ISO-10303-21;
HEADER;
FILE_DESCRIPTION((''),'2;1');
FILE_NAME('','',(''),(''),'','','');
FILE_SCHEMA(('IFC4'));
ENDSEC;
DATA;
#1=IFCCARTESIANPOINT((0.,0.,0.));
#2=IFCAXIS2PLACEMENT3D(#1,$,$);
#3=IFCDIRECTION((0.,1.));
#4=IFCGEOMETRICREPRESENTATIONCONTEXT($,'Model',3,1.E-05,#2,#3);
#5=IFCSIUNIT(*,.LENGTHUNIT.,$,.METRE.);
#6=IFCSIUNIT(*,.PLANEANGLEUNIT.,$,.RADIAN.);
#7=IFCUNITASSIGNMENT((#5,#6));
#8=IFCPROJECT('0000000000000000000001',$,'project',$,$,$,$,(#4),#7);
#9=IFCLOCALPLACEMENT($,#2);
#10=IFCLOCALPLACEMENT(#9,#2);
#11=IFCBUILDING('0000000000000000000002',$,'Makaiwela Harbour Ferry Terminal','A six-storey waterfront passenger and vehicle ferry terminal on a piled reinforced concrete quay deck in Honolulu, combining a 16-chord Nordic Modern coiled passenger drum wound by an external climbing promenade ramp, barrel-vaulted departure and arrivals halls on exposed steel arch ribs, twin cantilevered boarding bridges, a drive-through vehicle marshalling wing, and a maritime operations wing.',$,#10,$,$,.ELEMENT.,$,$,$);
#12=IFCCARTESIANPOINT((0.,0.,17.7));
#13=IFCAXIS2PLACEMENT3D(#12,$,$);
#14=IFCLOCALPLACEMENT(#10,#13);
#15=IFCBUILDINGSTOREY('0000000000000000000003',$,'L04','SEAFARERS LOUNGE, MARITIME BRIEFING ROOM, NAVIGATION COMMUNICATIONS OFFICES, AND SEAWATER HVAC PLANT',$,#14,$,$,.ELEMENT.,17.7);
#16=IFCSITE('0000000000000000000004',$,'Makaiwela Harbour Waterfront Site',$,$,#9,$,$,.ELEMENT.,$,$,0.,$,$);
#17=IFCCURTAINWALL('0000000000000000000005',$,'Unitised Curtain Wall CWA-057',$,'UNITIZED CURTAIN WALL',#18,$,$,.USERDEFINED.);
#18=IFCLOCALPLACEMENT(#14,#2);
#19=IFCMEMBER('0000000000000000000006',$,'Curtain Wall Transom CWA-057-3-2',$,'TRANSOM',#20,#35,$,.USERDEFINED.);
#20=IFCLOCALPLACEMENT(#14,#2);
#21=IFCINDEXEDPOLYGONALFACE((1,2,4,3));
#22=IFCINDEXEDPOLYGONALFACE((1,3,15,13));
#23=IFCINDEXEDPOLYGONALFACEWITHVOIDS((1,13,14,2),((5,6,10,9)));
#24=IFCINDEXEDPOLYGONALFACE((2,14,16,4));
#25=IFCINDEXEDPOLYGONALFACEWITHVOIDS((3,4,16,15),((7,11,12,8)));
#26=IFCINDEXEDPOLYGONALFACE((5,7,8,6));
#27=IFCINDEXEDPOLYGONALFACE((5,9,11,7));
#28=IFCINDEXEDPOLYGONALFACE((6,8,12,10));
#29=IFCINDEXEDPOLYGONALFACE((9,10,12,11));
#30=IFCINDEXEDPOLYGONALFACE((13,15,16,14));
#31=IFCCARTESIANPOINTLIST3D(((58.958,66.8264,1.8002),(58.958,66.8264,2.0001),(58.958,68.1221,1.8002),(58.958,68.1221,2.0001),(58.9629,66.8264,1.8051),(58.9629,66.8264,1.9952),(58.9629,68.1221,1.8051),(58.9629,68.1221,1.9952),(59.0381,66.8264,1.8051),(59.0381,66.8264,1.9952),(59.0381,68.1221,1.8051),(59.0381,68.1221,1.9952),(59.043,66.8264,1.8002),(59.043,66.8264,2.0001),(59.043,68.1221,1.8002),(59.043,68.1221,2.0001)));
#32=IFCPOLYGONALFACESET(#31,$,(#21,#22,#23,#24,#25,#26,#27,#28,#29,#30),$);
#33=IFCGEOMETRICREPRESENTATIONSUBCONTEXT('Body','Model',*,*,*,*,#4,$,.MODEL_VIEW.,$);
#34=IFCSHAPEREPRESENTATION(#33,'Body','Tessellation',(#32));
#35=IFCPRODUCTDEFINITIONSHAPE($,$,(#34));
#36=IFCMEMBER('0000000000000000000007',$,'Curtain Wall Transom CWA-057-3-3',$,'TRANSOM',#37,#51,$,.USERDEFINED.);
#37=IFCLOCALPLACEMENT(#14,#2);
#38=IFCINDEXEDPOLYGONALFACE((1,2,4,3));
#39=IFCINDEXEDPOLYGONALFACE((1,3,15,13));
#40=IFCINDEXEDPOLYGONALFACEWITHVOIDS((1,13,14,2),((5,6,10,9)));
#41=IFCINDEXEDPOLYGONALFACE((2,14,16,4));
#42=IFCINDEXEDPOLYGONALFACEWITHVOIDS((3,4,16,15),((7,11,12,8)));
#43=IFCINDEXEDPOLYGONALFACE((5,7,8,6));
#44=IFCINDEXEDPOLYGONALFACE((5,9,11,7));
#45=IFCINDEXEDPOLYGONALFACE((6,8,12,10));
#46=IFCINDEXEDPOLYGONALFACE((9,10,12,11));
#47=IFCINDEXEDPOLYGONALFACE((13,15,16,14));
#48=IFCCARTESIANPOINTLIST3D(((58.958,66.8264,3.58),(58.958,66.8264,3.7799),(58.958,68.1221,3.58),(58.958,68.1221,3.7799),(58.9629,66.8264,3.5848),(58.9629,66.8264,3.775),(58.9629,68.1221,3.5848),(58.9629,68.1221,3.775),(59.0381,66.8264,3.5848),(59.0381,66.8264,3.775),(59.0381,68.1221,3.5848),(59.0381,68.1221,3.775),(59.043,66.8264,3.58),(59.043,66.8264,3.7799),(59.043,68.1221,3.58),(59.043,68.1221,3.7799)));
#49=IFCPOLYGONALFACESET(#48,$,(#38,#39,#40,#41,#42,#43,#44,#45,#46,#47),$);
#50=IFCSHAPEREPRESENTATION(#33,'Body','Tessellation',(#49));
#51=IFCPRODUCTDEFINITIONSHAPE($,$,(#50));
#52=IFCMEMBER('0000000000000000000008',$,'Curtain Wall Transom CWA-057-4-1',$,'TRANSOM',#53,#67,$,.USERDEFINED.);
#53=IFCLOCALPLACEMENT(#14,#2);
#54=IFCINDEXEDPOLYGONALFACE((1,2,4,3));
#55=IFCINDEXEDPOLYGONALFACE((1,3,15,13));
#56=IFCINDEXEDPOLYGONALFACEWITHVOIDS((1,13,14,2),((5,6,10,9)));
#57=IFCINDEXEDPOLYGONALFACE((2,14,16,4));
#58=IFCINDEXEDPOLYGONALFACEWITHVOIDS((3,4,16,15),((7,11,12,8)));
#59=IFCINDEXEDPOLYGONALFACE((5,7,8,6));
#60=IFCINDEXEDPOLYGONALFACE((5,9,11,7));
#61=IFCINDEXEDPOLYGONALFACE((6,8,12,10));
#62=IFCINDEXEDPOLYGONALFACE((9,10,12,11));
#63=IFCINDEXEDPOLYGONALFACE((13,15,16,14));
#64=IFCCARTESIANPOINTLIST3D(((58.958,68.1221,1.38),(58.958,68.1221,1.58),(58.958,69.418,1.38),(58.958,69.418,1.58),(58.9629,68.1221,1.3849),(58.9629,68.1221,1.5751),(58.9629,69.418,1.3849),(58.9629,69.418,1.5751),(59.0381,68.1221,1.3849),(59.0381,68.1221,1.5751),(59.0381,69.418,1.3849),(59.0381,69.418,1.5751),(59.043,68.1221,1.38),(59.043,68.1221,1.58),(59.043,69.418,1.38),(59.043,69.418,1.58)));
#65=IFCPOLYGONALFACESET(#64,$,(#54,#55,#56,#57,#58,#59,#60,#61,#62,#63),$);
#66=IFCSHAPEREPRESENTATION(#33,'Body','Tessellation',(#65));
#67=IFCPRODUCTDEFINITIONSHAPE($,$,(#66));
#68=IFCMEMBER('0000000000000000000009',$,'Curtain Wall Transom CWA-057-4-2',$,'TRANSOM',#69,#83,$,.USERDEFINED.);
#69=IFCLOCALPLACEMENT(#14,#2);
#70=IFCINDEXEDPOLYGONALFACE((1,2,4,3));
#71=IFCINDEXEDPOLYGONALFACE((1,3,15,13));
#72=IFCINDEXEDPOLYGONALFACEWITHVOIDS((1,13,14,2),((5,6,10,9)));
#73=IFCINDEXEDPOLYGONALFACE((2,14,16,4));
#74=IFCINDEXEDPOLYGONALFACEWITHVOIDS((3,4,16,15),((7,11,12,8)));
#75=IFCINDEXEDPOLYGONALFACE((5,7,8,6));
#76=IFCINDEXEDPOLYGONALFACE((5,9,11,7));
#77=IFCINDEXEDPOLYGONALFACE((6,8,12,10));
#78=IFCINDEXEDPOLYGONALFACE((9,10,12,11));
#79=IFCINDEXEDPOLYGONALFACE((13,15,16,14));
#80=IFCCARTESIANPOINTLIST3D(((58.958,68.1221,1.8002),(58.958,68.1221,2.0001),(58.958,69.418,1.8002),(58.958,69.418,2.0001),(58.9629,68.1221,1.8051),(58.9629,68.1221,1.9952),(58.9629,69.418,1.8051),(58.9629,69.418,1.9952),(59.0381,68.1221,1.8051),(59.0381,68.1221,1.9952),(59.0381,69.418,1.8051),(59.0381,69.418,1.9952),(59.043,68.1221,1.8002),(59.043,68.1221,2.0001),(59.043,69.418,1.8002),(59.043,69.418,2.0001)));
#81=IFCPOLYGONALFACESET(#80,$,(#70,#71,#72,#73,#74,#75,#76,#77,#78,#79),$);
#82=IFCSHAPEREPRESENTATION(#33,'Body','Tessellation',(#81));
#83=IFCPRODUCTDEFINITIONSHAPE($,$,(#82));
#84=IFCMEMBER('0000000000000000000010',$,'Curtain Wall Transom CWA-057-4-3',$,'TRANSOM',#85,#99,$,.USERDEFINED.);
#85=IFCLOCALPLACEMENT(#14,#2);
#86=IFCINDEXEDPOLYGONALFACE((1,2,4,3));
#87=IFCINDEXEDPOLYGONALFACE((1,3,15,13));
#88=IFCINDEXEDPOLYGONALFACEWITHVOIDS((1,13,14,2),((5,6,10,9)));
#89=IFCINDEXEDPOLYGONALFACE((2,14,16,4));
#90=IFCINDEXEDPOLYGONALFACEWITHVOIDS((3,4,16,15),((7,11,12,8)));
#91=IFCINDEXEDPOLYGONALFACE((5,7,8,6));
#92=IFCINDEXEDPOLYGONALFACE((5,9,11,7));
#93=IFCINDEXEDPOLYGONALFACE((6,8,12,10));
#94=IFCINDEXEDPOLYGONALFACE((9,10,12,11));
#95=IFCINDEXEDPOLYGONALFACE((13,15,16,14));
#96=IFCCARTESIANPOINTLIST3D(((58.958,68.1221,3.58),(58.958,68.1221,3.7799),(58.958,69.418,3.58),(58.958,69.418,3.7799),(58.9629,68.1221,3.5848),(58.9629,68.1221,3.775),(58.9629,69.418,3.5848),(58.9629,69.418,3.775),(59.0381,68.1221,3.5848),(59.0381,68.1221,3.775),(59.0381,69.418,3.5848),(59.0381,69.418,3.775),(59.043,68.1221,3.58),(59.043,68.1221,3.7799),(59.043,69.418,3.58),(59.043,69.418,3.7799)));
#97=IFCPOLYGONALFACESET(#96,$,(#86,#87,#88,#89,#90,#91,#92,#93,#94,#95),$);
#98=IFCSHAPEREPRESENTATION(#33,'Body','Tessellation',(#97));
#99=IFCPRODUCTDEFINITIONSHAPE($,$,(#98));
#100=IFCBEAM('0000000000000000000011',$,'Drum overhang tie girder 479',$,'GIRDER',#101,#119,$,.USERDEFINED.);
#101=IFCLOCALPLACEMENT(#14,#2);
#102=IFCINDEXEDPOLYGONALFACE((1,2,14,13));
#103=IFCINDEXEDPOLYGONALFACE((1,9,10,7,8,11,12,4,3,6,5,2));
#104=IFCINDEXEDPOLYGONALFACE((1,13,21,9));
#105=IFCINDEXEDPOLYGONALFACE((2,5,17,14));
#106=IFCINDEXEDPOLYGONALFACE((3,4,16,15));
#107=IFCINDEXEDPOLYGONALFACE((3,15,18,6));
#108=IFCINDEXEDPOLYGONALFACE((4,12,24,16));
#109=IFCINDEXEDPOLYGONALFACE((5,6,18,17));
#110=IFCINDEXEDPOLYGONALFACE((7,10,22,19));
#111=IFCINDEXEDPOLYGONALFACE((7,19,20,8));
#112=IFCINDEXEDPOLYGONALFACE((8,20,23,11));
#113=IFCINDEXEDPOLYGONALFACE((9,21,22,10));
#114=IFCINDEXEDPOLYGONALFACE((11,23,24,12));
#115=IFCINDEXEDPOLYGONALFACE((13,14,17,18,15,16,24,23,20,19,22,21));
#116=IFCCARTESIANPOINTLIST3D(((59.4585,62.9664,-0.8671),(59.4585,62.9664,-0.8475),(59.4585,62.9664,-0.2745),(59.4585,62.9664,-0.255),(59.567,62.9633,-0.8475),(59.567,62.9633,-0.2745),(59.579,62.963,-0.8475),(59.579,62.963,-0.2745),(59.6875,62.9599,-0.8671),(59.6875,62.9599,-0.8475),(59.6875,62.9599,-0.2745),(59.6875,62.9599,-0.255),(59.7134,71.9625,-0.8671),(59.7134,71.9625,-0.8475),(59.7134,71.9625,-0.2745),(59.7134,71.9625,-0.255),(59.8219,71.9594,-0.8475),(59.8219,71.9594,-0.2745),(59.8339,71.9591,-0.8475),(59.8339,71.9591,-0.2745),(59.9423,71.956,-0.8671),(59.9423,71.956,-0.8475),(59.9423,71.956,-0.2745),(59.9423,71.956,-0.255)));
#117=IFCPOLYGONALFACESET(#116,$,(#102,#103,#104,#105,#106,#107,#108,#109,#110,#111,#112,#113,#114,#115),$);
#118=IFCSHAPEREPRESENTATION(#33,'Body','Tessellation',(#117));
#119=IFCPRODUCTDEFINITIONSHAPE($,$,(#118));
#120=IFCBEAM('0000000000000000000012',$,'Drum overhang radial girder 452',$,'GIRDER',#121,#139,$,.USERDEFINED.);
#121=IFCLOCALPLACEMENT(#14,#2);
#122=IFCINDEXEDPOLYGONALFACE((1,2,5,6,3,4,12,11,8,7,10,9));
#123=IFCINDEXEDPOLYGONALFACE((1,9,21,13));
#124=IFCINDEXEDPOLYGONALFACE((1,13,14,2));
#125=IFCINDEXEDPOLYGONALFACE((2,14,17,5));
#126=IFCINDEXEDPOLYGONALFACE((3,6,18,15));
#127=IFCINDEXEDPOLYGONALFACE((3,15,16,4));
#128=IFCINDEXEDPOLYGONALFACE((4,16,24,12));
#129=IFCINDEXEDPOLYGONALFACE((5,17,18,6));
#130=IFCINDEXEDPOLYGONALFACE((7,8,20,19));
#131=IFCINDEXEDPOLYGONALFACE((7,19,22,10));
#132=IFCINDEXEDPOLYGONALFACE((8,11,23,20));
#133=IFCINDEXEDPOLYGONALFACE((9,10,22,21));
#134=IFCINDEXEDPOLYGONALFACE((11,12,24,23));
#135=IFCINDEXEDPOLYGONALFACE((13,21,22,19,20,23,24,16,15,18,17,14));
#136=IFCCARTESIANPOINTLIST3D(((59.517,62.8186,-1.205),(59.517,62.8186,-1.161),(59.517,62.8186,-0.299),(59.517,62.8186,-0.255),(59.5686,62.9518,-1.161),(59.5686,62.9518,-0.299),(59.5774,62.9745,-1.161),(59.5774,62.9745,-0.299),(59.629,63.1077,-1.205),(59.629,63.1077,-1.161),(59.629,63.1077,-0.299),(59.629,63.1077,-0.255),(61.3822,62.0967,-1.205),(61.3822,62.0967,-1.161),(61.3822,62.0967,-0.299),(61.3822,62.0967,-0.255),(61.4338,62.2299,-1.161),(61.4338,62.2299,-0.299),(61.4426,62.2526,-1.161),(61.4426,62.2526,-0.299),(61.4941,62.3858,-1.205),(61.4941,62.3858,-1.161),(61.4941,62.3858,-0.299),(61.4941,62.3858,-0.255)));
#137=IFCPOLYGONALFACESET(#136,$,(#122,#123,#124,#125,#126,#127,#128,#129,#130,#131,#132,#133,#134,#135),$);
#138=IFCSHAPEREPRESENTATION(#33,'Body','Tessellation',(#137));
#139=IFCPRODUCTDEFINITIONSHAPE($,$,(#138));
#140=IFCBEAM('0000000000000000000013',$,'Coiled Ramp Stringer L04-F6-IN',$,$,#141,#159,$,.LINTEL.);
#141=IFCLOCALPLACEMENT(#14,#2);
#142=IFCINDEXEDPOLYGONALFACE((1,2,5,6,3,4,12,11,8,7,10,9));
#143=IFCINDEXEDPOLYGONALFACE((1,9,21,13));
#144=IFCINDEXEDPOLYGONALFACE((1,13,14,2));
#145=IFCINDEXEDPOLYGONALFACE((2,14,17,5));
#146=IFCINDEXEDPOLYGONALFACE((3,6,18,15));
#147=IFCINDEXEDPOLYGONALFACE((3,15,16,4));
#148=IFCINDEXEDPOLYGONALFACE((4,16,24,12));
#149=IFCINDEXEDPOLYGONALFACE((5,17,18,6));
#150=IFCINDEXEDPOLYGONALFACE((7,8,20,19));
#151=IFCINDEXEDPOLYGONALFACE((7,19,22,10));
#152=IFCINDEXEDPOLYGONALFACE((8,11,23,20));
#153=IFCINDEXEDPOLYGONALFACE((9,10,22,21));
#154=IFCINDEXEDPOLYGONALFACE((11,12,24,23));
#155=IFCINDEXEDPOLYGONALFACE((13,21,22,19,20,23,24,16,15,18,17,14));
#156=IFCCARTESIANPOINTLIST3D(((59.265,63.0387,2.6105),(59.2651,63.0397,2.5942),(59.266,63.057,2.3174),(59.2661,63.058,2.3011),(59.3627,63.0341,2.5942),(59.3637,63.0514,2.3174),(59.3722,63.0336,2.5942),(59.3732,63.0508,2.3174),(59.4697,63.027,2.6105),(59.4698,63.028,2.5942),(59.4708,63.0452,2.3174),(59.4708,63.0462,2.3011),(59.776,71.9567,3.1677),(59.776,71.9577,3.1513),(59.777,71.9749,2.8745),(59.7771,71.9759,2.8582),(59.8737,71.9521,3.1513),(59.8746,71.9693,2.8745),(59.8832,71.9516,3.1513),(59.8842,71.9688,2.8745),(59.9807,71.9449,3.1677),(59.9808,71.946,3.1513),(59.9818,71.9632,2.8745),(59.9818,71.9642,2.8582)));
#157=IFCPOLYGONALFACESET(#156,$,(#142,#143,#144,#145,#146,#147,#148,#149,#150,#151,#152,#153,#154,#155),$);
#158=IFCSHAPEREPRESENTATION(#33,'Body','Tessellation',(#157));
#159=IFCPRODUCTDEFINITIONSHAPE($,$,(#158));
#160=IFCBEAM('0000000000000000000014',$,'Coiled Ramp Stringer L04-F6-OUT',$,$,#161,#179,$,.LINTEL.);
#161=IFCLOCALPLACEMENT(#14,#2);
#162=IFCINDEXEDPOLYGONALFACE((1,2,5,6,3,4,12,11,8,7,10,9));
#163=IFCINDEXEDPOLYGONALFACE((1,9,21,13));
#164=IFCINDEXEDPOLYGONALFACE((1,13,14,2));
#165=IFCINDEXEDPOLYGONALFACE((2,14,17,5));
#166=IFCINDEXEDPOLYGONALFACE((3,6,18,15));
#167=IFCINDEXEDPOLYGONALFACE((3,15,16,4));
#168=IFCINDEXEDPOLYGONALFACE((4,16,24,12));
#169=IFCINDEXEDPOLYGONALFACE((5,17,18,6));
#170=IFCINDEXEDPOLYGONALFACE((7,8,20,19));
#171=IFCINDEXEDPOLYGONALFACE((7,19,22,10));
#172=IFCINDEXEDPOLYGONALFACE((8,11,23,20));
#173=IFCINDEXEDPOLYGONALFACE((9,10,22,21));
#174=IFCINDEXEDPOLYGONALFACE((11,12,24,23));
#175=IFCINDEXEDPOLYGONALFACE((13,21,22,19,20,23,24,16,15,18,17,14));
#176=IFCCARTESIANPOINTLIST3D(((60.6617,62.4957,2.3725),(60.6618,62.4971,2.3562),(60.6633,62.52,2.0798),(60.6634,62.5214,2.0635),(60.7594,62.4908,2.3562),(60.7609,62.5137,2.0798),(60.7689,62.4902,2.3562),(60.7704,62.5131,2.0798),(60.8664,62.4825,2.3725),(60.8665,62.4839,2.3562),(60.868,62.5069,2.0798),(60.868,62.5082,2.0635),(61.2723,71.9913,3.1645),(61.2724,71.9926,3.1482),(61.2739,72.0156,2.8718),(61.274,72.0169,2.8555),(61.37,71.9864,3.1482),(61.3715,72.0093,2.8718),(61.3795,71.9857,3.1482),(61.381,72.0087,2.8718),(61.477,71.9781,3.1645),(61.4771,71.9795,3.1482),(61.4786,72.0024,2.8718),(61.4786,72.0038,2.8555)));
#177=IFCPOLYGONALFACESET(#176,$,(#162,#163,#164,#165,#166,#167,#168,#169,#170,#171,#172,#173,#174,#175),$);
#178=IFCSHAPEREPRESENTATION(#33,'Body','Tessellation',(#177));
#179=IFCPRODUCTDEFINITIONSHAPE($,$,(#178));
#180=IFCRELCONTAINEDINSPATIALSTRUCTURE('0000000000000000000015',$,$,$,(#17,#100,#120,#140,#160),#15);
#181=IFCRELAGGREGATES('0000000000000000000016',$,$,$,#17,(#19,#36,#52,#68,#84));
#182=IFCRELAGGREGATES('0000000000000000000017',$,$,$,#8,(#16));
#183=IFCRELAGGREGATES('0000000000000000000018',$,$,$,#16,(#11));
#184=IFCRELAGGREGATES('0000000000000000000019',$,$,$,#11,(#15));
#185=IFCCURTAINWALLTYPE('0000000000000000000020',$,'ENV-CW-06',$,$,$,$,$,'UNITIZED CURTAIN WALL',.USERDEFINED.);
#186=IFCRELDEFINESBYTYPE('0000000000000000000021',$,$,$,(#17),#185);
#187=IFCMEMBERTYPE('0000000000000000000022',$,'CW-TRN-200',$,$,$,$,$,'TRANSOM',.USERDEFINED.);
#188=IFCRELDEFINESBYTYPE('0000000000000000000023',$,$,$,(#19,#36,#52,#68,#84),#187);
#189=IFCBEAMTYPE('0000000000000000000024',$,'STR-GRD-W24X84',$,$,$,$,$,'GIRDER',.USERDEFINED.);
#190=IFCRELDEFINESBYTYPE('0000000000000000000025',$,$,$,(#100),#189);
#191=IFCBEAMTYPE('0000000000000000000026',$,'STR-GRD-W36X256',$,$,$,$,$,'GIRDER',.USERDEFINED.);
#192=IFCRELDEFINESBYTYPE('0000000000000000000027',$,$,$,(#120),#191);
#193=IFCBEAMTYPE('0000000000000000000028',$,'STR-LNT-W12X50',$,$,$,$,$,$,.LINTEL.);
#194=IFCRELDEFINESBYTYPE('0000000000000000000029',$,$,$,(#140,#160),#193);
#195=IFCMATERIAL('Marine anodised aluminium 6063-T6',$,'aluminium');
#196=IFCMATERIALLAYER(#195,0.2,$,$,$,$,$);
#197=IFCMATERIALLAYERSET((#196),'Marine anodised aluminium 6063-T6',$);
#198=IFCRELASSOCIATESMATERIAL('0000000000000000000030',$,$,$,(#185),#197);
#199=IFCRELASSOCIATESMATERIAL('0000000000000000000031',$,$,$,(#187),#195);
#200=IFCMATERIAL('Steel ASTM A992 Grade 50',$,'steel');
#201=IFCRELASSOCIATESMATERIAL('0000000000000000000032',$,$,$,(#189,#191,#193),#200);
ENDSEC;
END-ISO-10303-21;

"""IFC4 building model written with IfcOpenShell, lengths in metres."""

from ifc_helpers import new_model, si_unit, direction, frame, origin, origin_2d, place, context, subcontext, project, spatial, hollow_rectangle, i_section, extrude, material, layer, layer_set, material_profile, profile_set, type_object, element, aggregate, save


model = new_model("IFC4")

# Units and contexts
model_context = context("Model", 3, precision=1e-05, world=origin(), true_north=direction((0.0, 1.0)))
body_context = subcontext(model_context, "Body", "Model", "MODEL_VIEW")
ifc_project = project(units=[si_unit("LENGTHUNIT", "METRE"), si_unit("PLANEANGLEUNIT", "RADIAN")], contexts=[model_context])

# Site, building, storey
site_placement = place(None, origin())
site = spatial("IfcSite", under=ifc_project, at=site_placement, Name="Makaiwela Harbour Waterfront Site", CompositionType="ELEMENT", RefElevation=0.0)
building_placement = place(site_placement, origin())
building = spatial("IfcBuilding", under=site, at=building_placement, Name="Makaiwela Harbour Ferry Terminal", Description="A six-storey waterfront passenger and vehicle ferry terminal on a piled reinforced concrete quay deck in Honolulu, combining a 16-chord Nordic Modern coiled passenger drum wound by an external climbing promenade ramp, barrel-vaulted departure and arrivals halls on exposed steel arch ribs, twin cantilevered boarding bridges, a drive-through vehicle marshalling wing, and a maritime operations wing.", CompositionType="ELEMENT")
storey_placement = place(building_placement, frame((0.0, 0.0, 17.7)))
storey = spatial("IfcBuildingStorey", under=building, at=storey_placement, Name="L04", Description="SEAFARERS LOUNGE, MARITIME BRIEFING ROOM, NAVIGATION COMMUNICATIONS OFFICES, AND SEAWATER HVAC PLANT", CompositionType="ELEMENT", Elevation=17.7)

# Curtain wall, members
ifc_material_1 = material(Name="Marine anodised aluminium 6063-T6", Category="aluminium")
ifc_layer_1 = layer(ifc_material_1, 0.2)
ifc_layer_set_1 = layer_set([ifc_layer_1], Name="Marine anodised aluminium 6063-T6")
curtain_wall_type = type_object("IfcCurtainWallType", Name="ENV-CW-06", ElementType="UNITIZED CURTAIN WALL", PredefinedType="USERDEFINED", material=ifc_layer_set_1)
curtain_wall_placement = place(storey_placement, origin())
curtain_wall = element("IfcCurtainWall", 1, at=curtain_wall_placement, inside=storey, type_object=curtain_wall_type, Name="Unitised Curtain Wall CWA-057", ObjectType="UNITIZED CURTAIN WALL", PredefinedType="USERDEFINED")
ifc_material_profile_1 = material_profile(ifc_material_1, hollow_rectangle(XDim=0.085, YDim=0.2, WallThickness=0.0049, at=origin_2d()), Name="CWT-200X85")
ifc_profile_set_1 = profile_set([ifc_material_profile_1], Name="Marine anodised aluminium 6063-T6")
member_type_1 = type_object("IfcMemberType", Name="CW-TRN-200", ElementType="TRANSOM", PredefinedType="USERDEFINED", material=ifc_profile_set_1)
member_1_placement = place(storey_placement, frame((59.0005, 66.8264, 1.9001), z_axis=(0.0, 1.0, 0.0), x_axis=(-1.0, 0.0, 0.0)))
member_1 = element("IfcMember", 2, at=member_1_placement, type_object=member_type_1, Name="Curtain Wall Transom CWA-057-3-2", ObjectType="TRANSOM", PredefinedType="USERDEFINED", context=body_context, shape_type="SweptSolid", body=[
    extrude(hollow_rectangle(XDim=0.085, YDim=0.2, WallThickness=0.0049, at=origin_2d()), origin(), (0.0, 0.0, 1.0), 1.2957),
])
member_2_placement = place(storey_placement, frame((59.0005, 66.8264, 3.6799), z_axis=(0.0, 1.0, 0.0), x_axis=(-1.0, 0.0, 0.0)))
member_2 = element("IfcMember", 3, at=member_2_placement, type_object=member_type_1, Name="Curtain Wall Transom CWA-057-3-3", ObjectType="TRANSOM", PredefinedType="USERDEFINED", context=body_context, shape_type="SweptSolid", body=[
    extrude(hollow_rectangle(XDim=0.085, YDim=0.2, WallThickness=0.0049, at=origin_2d()), origin(), (0.0, 0.0, 1.0), 1.2957),
])
member_3_placement = place(storey_placement, frame((59.0005, 68.1221, 1.48), z_axis=(0.0, 1.0, 0.0), x_axis=(-1.0, 0.0, 0.0)))
member_3 = element("IfcMember", 4, at=member_3_placement, type_object=member_type_1, Name="Curtain Wall Transom CWA-057-4-1", ObjectType="TRANSOM", PredefinedType="USERDEFINED", context=body_context, shape_type="SweptSolid", body=[
    extrude(hollow_rectangle(XDim=0.085, YDim=0.2, WallThickness=0.0049, at=origin_2d()), origin(), (0.0, 0.0, 1.0), 1.2959),
])
member_4_placement = place(storey_placement, frame((59.0005, 68.1221, 1.9001), z_axis=(0.0, 1.0, 0.0), x_axis=(-1.0, 0.0, 0.0)))
member_4 = element("IfcMember", 5, at=member_4_placement, type_object=member_type_1, Name="Curtain Wall Transom CWA-057-4-2", ObjectType="TRANSOM", PredefinedType="USERDEFINED", context=body_context, shape_type="SweptSolid", body=[
    extrude(hollow_rectangle(XDim=0.085, YDim=0.2, WallThickness=0.0049, at=origin_2d()), origin(), (0.0, 0.0, 1.0), 1.2959),
])
member_5_placement = place(storey_placement, frame((59.0005, 68.1221, 3.6799), z_axis=(0.0, 1.0, 0.0), x_axis=(-1.0, 0.0, 0.0)))
member_5 = element("IfcMember", 6, at=member_5_placement, type_object=member_type_1, Name="Curtain Wall Transom CWA-057-4-3", ObjectType="TRANSOM", PredefinedType="USERDEFINED", context=body_context, shape_type="SweptSolid", body=[
    extrude(hollow_rectangle(XDim=0.085, YDim=0.2, WallThickness=0.0049, at=origin_2d()), origin(), (0.0, 0.0, 1.0), 1.2959),
])

# Beams
ifc_material_2 = material(Name="Steel ASTM A992 Grade 50", Category="steel")
ifc_material_profile_2 = material_profile(ifc_material_2, i_section(OverallWidth=0.229, OverallDepth=0.6121, WebThickness=0.012, FlangeThickness=0.0195, at=origin_2d()), Name="W24X84")
ifc_profile_set_2 = profile_set([ifc_material_profile_2], Name="Steel ASTM A992 Grade 50")
beam_type_1 = type_object("IfcBeamType", Name="STR-GRD-W24X84", ElementType="GIRDER", PredefinedType="USERDEFINED", material=ifc_profile_set_2)
beam_1_placement = place(storey_placement, frame((59.573, 62.9631, -0.561), z_axis=(0.028321, 0.999599, 0.0), x_axis=(-0.999599, 0.028321, 0.0)))
element("IfcBeam", 7, at=beam_1_placement, inside=storey, type_object=beam_type_1, Name="Drum overhang tie girder 479", ObjectType="GIRDER", PredefinedType="USERDEFINED", context=body_context, shape_type="SweptSolid", body=[
    extrude(i_section(OverallWidth=0.229, OverallDepth=0.6121, WebThickness=0.012, FlangeThickness=0.0195, at=origin_2d()), origin(), (0.0, 0.0, 1.0), 8.9998),
])
ifc_material_profile_3 = material_profile(ifc_material_2, i_section(OverallWidth=0.3101, OverallDepth=0.95, WebThickness=0.0244, FlangeThickness=0.0439, at=origin_2d()), Name="W36X256")
ifc_profile_set_3 = profile_set([ifc_material_profile_3], Name="Steel ASTM A992 Grade 50")
beam_type_2 = type_object("IfcBeamType", Name="STR-GRD-W36X256", ElementType="GIRDER", PredefinedType="USERDEFINED", material=ifc_profile_set_3)
beam_2_placement = place(storey_placement, frame((59.573, 62.9631, -0.73), z_axis=(0.932585, -0.36095, 0.0), x_axis=(0.36095, 0.932585, 0.0)))
element("IfcBeam", 8, at=beam_2_placement, inside=storey, type_object=beam_type_2, Name="Drum overhang radial girder 452", ObjectType="GIRDER", PredefinedType="USERDEFINED", context=body_context, shape_type="SweptSolid", body=[
    extrude(i_section(OverallWidth=0.3101, OverallDepth=0.95, WebThickness=0.0244, FlangeThickness=0.0439, at=origin_2d()), origin(), (0.0, 0.0, 1.0), 2.0),
])
ifc_material_profile_4 = material_profile(ifc_material_2, i_section(OverallWidth=0.2051, OverallDepth=0.3101, WebThickness=0.0095, FlangeThickness=0.0164, at=origin_2d()), Name="W12X50")
ifc_profile_set_4 = profile_set([ifc_material_profile_4], Name="Steel ASTM A992 Grade 50")
beam_type_3 = type_object("IfcBeamType", Name="STR-LNT-W12X50", PredefinedType="LINTEL", material=ifc_profile_set_4)
beam_3_placement = place(storey_placement, frame((59.3679, 63.0425, 2.4558), z_axis=(0.057094, 0.996426, 0.062249), x_axis=(-0.998362, 0.057205, 0.0)))
element("IfcBeam", 9, at=beam_3_placement, inside=storey, type_object=beam_type_3, Name="Coiled Ramp Stringer L04-F6-IN", PredefinedType="LINTEL", context=body_context, shape_type="SweptSolid", body=[
    extrude(i_section(OverallWidth=0.2051, OverallDepth=0.3101, WebThickness=0.0095, FlangeThickness=0.0164, at=origin_2d()), origin(), (0.0, 0.0, 1.0), 8.95),
])
beam_4_placement = place(storey_placement, frame((60.7649, 62.502, 2.218), z_axis=(0.063949, 0.9945, 0.082947), x_axis=(-0.997939, 0.06417, 0.0)))
element("IfcBeam", 10, at=beam_4_placement, inside=storey, type_object=beam_type_3, Name="Coiled Ramp Stringer L04-F6-OUT", PredefinedType="LINTEL", context=body_context, shape_type="SweptSolid", body=[
    extrude(i_section(OverallWidth=0.2051, OverallDepth=0.3101, WebThickness=0.0095, FlangeThickness=0.0164, at=origin_2d()), origin(), (0.0, 0.0, 1.0), 9.5481),
])

aggregate(curtain_wall, [member_1, member_2, member_3, member_4, member_5])

save(model, "model.ifc")
